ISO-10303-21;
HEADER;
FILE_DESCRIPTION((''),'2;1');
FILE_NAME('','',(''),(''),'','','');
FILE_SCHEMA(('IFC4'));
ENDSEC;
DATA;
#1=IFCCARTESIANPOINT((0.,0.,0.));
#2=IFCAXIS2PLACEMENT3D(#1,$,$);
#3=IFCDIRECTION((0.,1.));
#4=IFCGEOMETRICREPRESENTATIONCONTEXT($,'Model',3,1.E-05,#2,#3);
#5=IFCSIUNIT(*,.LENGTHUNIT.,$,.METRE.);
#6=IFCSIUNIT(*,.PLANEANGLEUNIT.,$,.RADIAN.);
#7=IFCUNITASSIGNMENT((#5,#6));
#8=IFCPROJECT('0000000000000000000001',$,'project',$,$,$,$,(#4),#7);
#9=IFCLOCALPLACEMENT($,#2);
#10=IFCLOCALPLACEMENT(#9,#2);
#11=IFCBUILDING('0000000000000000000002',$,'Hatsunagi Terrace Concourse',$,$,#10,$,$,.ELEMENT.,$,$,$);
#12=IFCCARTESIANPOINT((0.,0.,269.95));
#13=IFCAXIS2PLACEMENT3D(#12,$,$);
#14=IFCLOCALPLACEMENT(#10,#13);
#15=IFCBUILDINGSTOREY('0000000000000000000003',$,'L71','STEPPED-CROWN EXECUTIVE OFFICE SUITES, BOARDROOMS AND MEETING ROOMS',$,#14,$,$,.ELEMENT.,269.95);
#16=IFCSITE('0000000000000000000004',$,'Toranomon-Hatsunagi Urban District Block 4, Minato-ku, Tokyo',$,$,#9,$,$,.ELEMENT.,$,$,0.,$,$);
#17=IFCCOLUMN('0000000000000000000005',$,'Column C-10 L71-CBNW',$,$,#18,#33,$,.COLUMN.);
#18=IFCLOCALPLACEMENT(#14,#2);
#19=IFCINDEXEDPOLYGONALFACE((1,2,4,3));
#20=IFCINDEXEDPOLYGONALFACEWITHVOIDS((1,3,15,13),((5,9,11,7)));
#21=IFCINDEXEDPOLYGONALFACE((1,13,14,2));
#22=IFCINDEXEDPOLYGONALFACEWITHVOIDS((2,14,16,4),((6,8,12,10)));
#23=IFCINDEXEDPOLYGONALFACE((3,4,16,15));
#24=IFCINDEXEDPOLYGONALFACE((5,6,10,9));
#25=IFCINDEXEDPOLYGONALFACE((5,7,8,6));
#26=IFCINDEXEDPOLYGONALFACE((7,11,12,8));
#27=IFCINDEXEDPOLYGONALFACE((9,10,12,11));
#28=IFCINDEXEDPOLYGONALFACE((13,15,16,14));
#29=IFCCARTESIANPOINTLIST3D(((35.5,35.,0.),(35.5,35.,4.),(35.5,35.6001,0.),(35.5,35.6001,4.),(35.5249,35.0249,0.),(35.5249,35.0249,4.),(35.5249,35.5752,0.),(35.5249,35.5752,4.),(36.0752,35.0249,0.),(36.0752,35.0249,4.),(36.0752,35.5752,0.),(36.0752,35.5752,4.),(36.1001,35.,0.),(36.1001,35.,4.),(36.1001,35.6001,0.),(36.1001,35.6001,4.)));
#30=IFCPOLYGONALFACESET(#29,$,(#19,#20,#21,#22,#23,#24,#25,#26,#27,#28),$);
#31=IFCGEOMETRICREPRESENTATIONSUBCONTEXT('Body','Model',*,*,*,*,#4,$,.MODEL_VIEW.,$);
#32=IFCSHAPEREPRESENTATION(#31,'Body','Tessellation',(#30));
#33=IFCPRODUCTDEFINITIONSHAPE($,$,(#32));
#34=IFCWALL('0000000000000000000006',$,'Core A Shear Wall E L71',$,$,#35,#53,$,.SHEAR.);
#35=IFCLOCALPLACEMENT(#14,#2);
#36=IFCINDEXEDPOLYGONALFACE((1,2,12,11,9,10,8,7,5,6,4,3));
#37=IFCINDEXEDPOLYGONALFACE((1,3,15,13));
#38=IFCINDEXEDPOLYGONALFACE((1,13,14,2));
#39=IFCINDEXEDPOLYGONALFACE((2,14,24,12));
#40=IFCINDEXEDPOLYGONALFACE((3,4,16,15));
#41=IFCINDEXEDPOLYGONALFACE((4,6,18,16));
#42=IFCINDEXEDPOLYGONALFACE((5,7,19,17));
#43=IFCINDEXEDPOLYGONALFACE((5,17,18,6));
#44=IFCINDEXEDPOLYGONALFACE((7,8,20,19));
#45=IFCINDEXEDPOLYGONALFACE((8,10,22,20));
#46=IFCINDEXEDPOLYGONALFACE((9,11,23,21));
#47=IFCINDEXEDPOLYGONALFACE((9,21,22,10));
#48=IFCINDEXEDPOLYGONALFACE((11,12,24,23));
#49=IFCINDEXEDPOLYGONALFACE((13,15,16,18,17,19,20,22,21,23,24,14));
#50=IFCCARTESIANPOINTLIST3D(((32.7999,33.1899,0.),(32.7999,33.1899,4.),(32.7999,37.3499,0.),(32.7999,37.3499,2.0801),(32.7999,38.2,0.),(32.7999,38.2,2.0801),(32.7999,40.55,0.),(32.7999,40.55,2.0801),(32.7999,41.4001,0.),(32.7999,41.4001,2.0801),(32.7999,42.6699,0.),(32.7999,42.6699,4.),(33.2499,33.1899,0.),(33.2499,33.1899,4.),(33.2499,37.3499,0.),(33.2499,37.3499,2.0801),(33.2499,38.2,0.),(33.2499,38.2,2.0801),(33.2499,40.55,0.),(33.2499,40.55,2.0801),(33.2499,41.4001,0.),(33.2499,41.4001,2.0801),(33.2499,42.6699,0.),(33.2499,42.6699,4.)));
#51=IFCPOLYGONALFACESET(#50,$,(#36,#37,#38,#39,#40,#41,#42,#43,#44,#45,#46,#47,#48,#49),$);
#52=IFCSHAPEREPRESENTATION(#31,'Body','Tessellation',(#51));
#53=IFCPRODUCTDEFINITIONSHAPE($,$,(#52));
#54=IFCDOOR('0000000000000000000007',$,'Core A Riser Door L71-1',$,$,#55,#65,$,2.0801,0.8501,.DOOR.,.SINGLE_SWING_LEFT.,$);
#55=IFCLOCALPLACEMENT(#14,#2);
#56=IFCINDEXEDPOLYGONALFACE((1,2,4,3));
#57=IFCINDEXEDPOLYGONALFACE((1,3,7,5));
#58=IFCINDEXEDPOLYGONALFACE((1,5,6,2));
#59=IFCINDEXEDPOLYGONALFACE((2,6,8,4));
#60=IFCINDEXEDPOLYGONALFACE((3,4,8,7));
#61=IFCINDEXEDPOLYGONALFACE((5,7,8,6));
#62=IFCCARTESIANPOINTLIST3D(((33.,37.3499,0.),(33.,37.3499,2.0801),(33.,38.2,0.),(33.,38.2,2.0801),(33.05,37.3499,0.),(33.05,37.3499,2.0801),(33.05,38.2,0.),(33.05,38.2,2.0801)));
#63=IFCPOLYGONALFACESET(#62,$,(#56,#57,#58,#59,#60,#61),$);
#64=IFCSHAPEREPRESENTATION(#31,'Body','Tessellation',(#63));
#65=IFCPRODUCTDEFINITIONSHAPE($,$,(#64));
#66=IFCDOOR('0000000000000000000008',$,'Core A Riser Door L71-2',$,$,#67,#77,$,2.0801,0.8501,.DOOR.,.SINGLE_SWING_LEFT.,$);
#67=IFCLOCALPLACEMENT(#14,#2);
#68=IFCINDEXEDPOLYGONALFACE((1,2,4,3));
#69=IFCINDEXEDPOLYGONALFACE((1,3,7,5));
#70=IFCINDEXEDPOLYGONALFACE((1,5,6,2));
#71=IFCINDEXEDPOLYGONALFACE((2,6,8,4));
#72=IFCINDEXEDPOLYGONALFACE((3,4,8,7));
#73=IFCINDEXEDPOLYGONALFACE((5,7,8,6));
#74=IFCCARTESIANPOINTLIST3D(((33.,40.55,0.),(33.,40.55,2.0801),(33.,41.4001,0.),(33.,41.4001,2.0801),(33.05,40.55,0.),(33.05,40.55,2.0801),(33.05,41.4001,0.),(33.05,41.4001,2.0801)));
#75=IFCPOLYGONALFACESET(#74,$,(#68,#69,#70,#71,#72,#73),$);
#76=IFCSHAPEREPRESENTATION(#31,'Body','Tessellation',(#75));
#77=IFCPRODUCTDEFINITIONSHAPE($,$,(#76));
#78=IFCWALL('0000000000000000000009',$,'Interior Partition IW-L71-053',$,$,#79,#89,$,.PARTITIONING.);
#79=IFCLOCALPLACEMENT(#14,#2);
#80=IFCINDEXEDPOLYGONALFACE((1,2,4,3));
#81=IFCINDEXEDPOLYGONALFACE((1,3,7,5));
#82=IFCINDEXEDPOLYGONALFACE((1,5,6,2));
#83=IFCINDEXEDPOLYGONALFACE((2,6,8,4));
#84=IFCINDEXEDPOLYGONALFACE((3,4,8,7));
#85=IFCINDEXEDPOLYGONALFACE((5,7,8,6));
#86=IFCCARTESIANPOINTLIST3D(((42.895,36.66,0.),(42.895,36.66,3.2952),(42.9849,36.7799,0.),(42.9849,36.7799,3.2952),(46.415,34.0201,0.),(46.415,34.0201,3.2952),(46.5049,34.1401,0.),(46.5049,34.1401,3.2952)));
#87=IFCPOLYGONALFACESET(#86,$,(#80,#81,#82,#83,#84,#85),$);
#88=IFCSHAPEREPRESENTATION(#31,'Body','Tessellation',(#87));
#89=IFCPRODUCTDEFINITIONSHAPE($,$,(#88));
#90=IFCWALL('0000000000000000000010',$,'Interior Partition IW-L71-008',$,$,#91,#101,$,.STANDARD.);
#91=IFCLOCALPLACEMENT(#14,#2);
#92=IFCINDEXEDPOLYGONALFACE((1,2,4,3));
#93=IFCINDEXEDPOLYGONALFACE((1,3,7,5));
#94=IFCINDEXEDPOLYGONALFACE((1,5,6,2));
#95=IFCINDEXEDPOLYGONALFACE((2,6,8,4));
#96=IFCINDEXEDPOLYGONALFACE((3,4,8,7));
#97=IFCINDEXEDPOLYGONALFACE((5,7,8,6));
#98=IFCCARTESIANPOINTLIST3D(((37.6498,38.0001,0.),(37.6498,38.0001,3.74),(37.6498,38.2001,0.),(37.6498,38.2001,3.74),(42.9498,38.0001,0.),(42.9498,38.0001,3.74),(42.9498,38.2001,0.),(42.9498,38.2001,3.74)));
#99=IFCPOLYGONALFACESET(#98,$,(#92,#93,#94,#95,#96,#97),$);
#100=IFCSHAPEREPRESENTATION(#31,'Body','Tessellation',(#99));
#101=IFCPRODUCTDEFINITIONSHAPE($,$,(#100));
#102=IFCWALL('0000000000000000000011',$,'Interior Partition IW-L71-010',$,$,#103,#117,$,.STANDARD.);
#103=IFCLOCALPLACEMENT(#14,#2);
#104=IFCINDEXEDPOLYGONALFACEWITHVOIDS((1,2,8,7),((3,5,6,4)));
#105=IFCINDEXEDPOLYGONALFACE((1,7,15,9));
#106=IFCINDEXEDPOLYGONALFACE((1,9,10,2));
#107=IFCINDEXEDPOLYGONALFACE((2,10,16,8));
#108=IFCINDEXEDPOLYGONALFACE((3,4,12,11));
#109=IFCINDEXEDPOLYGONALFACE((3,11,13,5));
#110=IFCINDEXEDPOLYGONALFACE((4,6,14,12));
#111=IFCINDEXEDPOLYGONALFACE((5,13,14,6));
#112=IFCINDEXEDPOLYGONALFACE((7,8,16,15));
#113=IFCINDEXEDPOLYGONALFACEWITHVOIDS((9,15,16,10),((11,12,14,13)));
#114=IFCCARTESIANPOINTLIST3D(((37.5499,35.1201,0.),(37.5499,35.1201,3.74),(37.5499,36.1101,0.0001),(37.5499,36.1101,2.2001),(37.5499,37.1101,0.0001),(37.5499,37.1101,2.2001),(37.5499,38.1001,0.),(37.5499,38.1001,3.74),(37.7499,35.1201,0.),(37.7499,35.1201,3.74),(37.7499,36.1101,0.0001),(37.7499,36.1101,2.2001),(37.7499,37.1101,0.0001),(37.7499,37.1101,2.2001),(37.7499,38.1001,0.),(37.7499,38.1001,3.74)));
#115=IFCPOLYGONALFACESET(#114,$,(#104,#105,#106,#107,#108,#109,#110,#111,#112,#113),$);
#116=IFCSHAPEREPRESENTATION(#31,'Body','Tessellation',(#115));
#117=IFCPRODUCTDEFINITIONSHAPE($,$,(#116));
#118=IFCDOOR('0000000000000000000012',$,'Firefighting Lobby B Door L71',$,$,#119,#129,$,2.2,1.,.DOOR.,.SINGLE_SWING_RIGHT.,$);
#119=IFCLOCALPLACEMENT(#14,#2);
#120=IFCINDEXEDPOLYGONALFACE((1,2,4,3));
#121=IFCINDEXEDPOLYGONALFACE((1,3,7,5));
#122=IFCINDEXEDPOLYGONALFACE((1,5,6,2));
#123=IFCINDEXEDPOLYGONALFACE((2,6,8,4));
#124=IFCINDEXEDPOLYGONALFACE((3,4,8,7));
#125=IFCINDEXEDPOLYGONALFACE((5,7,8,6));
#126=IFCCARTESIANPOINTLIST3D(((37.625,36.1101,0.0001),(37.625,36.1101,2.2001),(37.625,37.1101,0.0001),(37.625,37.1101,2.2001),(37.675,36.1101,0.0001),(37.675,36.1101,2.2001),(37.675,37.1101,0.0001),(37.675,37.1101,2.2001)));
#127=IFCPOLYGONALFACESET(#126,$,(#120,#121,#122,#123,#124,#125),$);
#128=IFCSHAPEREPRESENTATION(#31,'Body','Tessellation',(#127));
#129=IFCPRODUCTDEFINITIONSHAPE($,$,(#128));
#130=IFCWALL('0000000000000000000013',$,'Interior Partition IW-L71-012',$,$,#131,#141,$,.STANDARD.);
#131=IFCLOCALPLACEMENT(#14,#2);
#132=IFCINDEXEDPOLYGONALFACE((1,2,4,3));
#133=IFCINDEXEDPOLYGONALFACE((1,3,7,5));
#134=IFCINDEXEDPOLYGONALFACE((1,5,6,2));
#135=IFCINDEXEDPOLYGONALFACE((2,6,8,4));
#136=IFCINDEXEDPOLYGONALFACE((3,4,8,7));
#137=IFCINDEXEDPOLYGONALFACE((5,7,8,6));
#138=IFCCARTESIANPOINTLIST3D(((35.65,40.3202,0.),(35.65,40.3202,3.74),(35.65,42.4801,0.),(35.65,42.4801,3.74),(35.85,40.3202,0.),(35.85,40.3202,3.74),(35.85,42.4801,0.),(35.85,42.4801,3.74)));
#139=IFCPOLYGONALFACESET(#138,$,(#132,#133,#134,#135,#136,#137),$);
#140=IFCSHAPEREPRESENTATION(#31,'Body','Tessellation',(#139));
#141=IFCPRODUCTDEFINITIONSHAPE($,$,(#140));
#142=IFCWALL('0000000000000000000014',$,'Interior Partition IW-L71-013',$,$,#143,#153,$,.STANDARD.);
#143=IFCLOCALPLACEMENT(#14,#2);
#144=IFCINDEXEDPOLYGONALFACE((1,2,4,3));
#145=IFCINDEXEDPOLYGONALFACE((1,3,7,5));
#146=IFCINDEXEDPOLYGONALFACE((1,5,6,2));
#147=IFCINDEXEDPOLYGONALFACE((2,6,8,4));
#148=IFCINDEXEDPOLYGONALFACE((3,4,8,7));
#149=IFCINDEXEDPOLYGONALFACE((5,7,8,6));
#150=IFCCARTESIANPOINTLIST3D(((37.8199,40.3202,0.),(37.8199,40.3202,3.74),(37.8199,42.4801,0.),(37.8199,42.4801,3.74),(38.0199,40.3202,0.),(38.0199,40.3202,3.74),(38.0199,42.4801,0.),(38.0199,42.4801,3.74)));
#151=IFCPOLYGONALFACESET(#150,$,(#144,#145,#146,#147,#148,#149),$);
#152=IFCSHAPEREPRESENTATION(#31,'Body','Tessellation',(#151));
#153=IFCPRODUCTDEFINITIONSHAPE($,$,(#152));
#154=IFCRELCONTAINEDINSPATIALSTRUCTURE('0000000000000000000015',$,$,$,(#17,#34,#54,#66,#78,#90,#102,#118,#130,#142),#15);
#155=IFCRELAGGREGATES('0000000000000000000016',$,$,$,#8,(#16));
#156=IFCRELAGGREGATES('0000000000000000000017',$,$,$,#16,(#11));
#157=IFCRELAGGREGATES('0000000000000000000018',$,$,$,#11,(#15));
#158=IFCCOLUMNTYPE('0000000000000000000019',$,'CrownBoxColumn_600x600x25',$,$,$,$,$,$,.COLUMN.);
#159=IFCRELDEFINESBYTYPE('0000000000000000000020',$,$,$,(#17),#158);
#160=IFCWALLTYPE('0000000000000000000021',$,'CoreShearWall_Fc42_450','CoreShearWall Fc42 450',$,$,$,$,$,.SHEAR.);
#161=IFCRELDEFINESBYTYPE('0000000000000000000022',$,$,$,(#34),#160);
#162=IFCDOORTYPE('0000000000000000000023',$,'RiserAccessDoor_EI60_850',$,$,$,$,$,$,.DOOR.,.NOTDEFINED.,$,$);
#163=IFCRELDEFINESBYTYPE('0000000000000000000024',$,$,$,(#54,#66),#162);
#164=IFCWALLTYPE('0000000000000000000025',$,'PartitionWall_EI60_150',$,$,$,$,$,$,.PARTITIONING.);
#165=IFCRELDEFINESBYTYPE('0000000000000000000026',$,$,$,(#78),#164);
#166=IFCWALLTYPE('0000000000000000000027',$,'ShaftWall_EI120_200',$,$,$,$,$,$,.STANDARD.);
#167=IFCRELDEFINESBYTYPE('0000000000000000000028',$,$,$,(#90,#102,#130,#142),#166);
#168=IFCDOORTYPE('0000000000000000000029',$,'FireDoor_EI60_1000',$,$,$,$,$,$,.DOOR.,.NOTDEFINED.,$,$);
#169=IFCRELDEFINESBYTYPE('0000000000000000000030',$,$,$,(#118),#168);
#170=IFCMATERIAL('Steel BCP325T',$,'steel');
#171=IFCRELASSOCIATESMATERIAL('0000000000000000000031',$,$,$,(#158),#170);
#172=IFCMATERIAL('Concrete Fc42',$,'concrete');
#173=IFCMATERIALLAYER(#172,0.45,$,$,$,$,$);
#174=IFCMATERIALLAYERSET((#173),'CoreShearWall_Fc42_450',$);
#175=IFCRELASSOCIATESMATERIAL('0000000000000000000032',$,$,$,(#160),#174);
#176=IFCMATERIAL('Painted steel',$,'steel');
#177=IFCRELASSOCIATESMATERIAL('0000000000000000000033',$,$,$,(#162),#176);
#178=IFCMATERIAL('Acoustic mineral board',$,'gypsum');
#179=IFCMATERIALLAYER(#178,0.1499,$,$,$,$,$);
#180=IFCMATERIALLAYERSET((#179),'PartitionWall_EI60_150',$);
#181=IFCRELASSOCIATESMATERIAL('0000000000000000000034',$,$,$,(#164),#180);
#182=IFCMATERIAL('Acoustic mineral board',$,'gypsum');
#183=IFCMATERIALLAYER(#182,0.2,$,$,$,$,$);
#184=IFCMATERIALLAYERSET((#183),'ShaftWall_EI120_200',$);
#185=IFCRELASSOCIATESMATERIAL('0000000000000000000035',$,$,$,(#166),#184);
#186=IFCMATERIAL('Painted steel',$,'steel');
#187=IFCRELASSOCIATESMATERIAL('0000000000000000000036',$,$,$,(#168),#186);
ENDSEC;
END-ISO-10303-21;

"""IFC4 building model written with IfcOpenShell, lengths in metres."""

from ifc_helpers import new_model, si_unit, direction, frame, frame_2d, origin, origin_2d, place, context, subcontext, project, spatial, rectangle, hollow_rectangle, extrude, material, layer, layer_set, material_profile, profile_set, type_object, element, fill, save


model = new_model("IFC4")

# Units and contexts
model_context = context("Model", 3, precision=1e-05, world=origin(), true_north=direction((0.0, 1.0)))
body_context = subcontext(model_context, "Body", "Model", "MODEL_VIEW")
ifc_project = project(units=[si_unit("LENGTHUNIT", "METRE"), si_unit("PLANEANGLEUNIT", "RADIAN")], contexts=[model_context])

# Site, building, storey
site_placement = place(None, origin())
site = spatial("IfcSite", under=ifc_project, at=site_placement, Name="Toranomon-Hatsunagi Urban District Block 4, Minato-ku, Tokyo", CompositionType="ELEMENT", RefElevation=0.0)
building_placement = place(site_placement, origin())
building = spatial("IfcBuilding", under=site, at=building_placement, Name="Hatsunagi Terrace Concourse", CompositionType="ELEMENT")
storey_placement = place(building_placement, frame((0.0, 0.0, 269.95)))
storey = spatial("IfcBuildingStorey", under=building, at=storey_placement, Name="L71", Description="STEPPED-CROWN EXECUTIVE OFFICE SUITES, BOARDROOMS AND MEETING ROOMS", CompositionType="ELEMENT", Elevation=269.95)

# Column
ifc_material_1 = material(Name="Steel BCP325T", Category="steel")
ifc_material_profile = material_profile(ifc_material_1, hollow_rectangle(XDim=0.6001, YDim=0.6001, WallThickness=0.0249, at=origin_2d()), Name="BCP-600x600x25")
ifc_profile_set = profile_set([ifc_material_profile], Name="Steel BCP325T")
column_type = type_object("IfcColumnType", Name="CrownBoxColumn_600x600x25", PredefinedType="COLUMN", material=ifc_profile_set)
column_placement = place(storey_placement, frame((35.8, 35.3, 0.0), z_axis=(0.0, 0.0, 1.0), x_axis=(1.0, 0.0, 0.0)))
element("IfcColumn", 1, at=column_placement, inside=storey, type_object=column_type, Name="Column C-10 L71-CBNW", PredefinedType="COLUMN", context=body_context, shape_type="SweptSolid", body=[
    extrude(hollow_rectangle(XDim=0.6001, YDim=0.6001, WallThickness=0.0249, at=origin_2d()), origin(), (0.0, 0.0, 1.0), 4.0),
])

# Wall, openings, doors
ifc_material_2 = material(Name="Concrete Fc42", Category="concrete")
ifc_layer_1 = layer(ifc_material_2, 0.45)
ifc_layer_set_1 = layer_set([ifc_layer_1], Name="CoreShearWall_Fc42_450")
wall_type_1 = type_object("IfcWallType", Name="CoreShearWall_Fc42_450", Description="CoreShearWall Fc42 450", PredefinedType="SHEAR", material=ifc_layer_set_1)
wall_1_placement = place(storey_placement, frame((33.0249, 33.1899, 0.0), z_axis=(0.0, 0.0, 1.0), x_axis=(0.0, 1.0, 0.0)))
wall_1 = element("IfcWall", 2, at=wall_1_placement, inside=storey, type_object=wall_type_1, Name="Core A Shear Wall E L71", PredefinedType="SHEAR", context=body_context, shape_type="SweptSolid", body=[
    extrude(rectangle(XDim=9.48, YDim=0.45, at=frame_2d((4.74, 0.0))), origin(), (0.0, 0.0, 1.0), 4.0),
])
opening_1_placement = place(wall_1_placement, frame((4.1599, 0.0, 0.0)))
opening_1 = element("IfcOpeningElement", 3, at=opening_1_placement, cuts=wall_1, PredefinedType="OPENING", context=body_context, shape_type="SweptSolid", body=[
    extrude(rectangle(XDim=0.8501, YDim=2.0801, at=frame_2d((0.425, 1.04))), frame((0.0, 0.2349, 0.0), z_axis=(0.0, -1.0, 0.0), x_axis=(1.0, 0.0, 0.0)), (0.0, 0.0, 1.0), 0.47),
])
opening_2_placement = place(wall_1_placement, frame((7.3601, 0.0, 0.0)))
opening_2 = element("IfcOpeningElement", 4, at=opening_2_placement, cuts=wall_1, PredefinedType="OPENING", context=body_context, shape_type="SweptSolid", body=[
    extrude(rectangle(XDim=0.8501, YDim=2.0801, at=frame_2d((0.425, 1.04))), frame((0.0, 0.2349, 0.0), z_axis=(0.0, -1.0, 0.0), x_axis=(1.0, 0.0, 0.0)), (0.0, 0.0, 1.0), 0.47),
])
ifc_material_3 = material(Name="Painted steel", Category="steel")
door_type_1 = type_object("IfcDoorType", Name="RiserAccessDoor_EI60_850", OperationType="NOTDEFINED", PredefinedType="DOOR", material=ifc_material_3)
door_1_placement = place(opening_1_placement, origin())
door_1 = element("IfcDoor", 5, at=door_1_placement, inside=storey, type_object=door_type_1, Name="Core A Riser Door L71-1", OperationType="SINGLE_SWING_LEFT", OverallHeight=2.0801, OverallWidth=0.8501, PredefinedType="DOOR", context=body_context, shape_type="SweptSolid", body=[
    extrude(rectangle(XDim=0.8501, YDim=2.0801, at=frame_2d((0.425, 1.04))), frame((0.0, 0.0249, 0.0), z_axis=(0.0, -1.0, 0.0), x_axis=(1.0, 0.0, 0.0)), (0.0, 0.0, 1.0), 0.05),
])
fill(opening_1, door_1)
door_2_placement = place(opening_2_placement, origin())
door_2 = element("IfcDoor", 6, at=door_2_placement, inside=storey, type_object=door_type_1, Name="Core A Riser Door L71-2", OperationType="SINGLE_SWING_LEFT", OverallHeight=2.0801, OverallWidth=0.8501, PredefinedType="DOOR", context=body_context, shape_type="SweptSolid", body=[
    extrude(rectangle(XDim=0.8501, YDim=2.0801, at=frame_2d((0.425, 1.04))), frame((0.0, 0.0249, 0.0), z_axis=(0.0, -1.0, 0.0), x_axis=(1.0, 0.0, 0.0)), (0.0, 0.0, 1.0), 0.05),
])
fill(opening_2, door_2)

# Walls
ifc_material_4 = material(Name="Acoustic mineral board", Category="gypsum")
ifc_layer_2 = layer(ifc_material_4, 0.1499)
ifc_layer_set_2 = layer_set([ifc_layer_2], Name="PartitionWall_EI60_150")
wall_type_2 = type_object("IfcWallType", Name="PartitionWall_EI60_150", PredefinedType="PARTITIONING", material=ifc_layer_set_2)
wall_2_placement = place(storey_placement, frame((42.9399, 36.72, 0.0), z_axis=(0.0, 0.0, 1.0), x_axis=(0.800013, -0.599982, 0.0)))
element("IfcWall", 7, at=wall_2_placement, inside=storey, type_object=wall_type_2, Name="Interior Partition IW-L71-053", PredefinedType="PARTITIONING", context=body_context, shape_type="SweptSolid", body=[
    extrude(rectangle(XDim=4.3999, YDim=0.1499, at=frame_2d((2.2, 0.0))), origin(), (0.0, 0.0, 1.0), 3.2952),
])
ifc_material_5 = material(Name="Acoustic mineral board", Category="gypsum")
ifc_layer_3 = layer(ifc_material_5, 0.2)
ifc_layer_set_3 = layer_set([ifc_layer_3], Name="ShaftWall_EI120_200")
wall_type_3 = type_object("IfcWallType", Name="ShaftWall_EI120_200", PredefinedType="STANDARD", material=ifc_layer_set_3)
wall_3_placement = place(storey_placement, frame((37.6499, 38.1001, 0.0), z_axis=(0.0, 0.0, 1.0), x_axis=(1.0, 0.0, 0.0)))
element("IfcWall", 8, at=wall_3_placement, inside=storey, type_object=wall_type_3, Name="Interior Partition IW-L71-008", PredefinedType="STANDARD", context=body_context, shape_type="SweptSolid", body=[
    extrude(rectangle(XDim=5.3, YDim=0.2, at=frame_2d((2.6499, 0.0))), origin(), (0.0, 0.0, 1.0), 3.74),
])

# Wall, opening, door
wall_4_placement = place(storey_placement, frame((37.6499, 35.1201, 0.0), z_axis=(0.0, 0.0, 1.0), x_axis=(0.0, 1.0, 0.0)))
wall_4 = element("IfcWall", 9, at=wall_4_placement, inside=storey, type_object=wall_type_3, Name="Interior Partition IW-L71-010", PredefinedType="STANDARD", context=body_context, shape_type="SweptSolid", body=[
    extrude(rectangle(XDim=2.98, YDim=0.2, at=frame_2d((1.49, 0.0))), origin(), (0.0, 0.0, 1.0), 3.74),
])
opening_3_placement = place(wall_4_placement, frame((0.99, 0.0, 0.0)))
opening_3 = element("IfcOpeningElement", 10, at=opening_3_placement, cuts=wall_4, PredefinedType="OPENING", context=body_context, shape_type="SweptSolid", body=[
    extrude(rectangle(XDim=1.0, YDim=2.2, at=frame_2d((0.5, 1.1001))), frame((0.0, 0.1099, 0.0), z_axis=(0.0, -1.0, 0.0), x_axis=(1.0, 0.0, 0.0)), (0.0, 0.0, 1.0), 0.22),
])
ifc_material_6 = material(Name="Painted steel", Category="steel")
door_type_2 = type_object("IfcDoorType", Name="FireDoor_EI60_1000", OperationType="NOTDEFINED", PredefinedType="DOOR", material=ifc_material_6)
door_3_placement = place(opening_3_placement, origin())
door_3 = element("IfcDoor", 11, at=door_3_placement, inside=storey, type_object=door_type_2, Name="Firefighting Lobby B Door L71", OperationType="SINGLE_SWING_RIGHT", OverallHeight=2.2, OverallWidth=1.0, PredefinedType="DOOR", context=body_context, shape_type="SweptSolid", body=[
    extrude(rectangle(XDim=1.0, YDim=2.2, at=frame_2d((0.5, 1.1001))), frame((0.0, 0.0249, 0.0), z_axis=(0.0, -1.0, 0.0), x_axis=(1.0, 0.0, 0.0)), (0.0, 0.0, 1.0), 0.05),
])
fill(opening_3, door_3)

# Walls
for number, where, z_axis, x_axis, name in (
    (12, (35.75, 40.3201, 0.0), (0.0, 0.0, 1.0), (0.0, 1.0, 0.0), "Interior Partition IW-L71-012"),
    (13, (37.9199, 40.3201, 0.0), (0.0, 0.0, 1.0), (0.0, 1.0, 0.0), "Interior Partition IW-L71-013"),
):
    element("IfcWall", number, at=place(storey_placement, frame(where, z_axis=z_axis, x_axis=x_axis)), inside=storey, type_object=wall_type_3, Name=name, PredefinedType="STANDARD", context=body_context, shape_type="SweptSolid", body=[
        extrude(rectangle(XDim=2.1599, YDim=0.2, at=frame_2d((1.0801, 0.0))), origin(), (0.0, 0.0, 1.0), 3.74),
    ])

save(model, "model.ifc")
